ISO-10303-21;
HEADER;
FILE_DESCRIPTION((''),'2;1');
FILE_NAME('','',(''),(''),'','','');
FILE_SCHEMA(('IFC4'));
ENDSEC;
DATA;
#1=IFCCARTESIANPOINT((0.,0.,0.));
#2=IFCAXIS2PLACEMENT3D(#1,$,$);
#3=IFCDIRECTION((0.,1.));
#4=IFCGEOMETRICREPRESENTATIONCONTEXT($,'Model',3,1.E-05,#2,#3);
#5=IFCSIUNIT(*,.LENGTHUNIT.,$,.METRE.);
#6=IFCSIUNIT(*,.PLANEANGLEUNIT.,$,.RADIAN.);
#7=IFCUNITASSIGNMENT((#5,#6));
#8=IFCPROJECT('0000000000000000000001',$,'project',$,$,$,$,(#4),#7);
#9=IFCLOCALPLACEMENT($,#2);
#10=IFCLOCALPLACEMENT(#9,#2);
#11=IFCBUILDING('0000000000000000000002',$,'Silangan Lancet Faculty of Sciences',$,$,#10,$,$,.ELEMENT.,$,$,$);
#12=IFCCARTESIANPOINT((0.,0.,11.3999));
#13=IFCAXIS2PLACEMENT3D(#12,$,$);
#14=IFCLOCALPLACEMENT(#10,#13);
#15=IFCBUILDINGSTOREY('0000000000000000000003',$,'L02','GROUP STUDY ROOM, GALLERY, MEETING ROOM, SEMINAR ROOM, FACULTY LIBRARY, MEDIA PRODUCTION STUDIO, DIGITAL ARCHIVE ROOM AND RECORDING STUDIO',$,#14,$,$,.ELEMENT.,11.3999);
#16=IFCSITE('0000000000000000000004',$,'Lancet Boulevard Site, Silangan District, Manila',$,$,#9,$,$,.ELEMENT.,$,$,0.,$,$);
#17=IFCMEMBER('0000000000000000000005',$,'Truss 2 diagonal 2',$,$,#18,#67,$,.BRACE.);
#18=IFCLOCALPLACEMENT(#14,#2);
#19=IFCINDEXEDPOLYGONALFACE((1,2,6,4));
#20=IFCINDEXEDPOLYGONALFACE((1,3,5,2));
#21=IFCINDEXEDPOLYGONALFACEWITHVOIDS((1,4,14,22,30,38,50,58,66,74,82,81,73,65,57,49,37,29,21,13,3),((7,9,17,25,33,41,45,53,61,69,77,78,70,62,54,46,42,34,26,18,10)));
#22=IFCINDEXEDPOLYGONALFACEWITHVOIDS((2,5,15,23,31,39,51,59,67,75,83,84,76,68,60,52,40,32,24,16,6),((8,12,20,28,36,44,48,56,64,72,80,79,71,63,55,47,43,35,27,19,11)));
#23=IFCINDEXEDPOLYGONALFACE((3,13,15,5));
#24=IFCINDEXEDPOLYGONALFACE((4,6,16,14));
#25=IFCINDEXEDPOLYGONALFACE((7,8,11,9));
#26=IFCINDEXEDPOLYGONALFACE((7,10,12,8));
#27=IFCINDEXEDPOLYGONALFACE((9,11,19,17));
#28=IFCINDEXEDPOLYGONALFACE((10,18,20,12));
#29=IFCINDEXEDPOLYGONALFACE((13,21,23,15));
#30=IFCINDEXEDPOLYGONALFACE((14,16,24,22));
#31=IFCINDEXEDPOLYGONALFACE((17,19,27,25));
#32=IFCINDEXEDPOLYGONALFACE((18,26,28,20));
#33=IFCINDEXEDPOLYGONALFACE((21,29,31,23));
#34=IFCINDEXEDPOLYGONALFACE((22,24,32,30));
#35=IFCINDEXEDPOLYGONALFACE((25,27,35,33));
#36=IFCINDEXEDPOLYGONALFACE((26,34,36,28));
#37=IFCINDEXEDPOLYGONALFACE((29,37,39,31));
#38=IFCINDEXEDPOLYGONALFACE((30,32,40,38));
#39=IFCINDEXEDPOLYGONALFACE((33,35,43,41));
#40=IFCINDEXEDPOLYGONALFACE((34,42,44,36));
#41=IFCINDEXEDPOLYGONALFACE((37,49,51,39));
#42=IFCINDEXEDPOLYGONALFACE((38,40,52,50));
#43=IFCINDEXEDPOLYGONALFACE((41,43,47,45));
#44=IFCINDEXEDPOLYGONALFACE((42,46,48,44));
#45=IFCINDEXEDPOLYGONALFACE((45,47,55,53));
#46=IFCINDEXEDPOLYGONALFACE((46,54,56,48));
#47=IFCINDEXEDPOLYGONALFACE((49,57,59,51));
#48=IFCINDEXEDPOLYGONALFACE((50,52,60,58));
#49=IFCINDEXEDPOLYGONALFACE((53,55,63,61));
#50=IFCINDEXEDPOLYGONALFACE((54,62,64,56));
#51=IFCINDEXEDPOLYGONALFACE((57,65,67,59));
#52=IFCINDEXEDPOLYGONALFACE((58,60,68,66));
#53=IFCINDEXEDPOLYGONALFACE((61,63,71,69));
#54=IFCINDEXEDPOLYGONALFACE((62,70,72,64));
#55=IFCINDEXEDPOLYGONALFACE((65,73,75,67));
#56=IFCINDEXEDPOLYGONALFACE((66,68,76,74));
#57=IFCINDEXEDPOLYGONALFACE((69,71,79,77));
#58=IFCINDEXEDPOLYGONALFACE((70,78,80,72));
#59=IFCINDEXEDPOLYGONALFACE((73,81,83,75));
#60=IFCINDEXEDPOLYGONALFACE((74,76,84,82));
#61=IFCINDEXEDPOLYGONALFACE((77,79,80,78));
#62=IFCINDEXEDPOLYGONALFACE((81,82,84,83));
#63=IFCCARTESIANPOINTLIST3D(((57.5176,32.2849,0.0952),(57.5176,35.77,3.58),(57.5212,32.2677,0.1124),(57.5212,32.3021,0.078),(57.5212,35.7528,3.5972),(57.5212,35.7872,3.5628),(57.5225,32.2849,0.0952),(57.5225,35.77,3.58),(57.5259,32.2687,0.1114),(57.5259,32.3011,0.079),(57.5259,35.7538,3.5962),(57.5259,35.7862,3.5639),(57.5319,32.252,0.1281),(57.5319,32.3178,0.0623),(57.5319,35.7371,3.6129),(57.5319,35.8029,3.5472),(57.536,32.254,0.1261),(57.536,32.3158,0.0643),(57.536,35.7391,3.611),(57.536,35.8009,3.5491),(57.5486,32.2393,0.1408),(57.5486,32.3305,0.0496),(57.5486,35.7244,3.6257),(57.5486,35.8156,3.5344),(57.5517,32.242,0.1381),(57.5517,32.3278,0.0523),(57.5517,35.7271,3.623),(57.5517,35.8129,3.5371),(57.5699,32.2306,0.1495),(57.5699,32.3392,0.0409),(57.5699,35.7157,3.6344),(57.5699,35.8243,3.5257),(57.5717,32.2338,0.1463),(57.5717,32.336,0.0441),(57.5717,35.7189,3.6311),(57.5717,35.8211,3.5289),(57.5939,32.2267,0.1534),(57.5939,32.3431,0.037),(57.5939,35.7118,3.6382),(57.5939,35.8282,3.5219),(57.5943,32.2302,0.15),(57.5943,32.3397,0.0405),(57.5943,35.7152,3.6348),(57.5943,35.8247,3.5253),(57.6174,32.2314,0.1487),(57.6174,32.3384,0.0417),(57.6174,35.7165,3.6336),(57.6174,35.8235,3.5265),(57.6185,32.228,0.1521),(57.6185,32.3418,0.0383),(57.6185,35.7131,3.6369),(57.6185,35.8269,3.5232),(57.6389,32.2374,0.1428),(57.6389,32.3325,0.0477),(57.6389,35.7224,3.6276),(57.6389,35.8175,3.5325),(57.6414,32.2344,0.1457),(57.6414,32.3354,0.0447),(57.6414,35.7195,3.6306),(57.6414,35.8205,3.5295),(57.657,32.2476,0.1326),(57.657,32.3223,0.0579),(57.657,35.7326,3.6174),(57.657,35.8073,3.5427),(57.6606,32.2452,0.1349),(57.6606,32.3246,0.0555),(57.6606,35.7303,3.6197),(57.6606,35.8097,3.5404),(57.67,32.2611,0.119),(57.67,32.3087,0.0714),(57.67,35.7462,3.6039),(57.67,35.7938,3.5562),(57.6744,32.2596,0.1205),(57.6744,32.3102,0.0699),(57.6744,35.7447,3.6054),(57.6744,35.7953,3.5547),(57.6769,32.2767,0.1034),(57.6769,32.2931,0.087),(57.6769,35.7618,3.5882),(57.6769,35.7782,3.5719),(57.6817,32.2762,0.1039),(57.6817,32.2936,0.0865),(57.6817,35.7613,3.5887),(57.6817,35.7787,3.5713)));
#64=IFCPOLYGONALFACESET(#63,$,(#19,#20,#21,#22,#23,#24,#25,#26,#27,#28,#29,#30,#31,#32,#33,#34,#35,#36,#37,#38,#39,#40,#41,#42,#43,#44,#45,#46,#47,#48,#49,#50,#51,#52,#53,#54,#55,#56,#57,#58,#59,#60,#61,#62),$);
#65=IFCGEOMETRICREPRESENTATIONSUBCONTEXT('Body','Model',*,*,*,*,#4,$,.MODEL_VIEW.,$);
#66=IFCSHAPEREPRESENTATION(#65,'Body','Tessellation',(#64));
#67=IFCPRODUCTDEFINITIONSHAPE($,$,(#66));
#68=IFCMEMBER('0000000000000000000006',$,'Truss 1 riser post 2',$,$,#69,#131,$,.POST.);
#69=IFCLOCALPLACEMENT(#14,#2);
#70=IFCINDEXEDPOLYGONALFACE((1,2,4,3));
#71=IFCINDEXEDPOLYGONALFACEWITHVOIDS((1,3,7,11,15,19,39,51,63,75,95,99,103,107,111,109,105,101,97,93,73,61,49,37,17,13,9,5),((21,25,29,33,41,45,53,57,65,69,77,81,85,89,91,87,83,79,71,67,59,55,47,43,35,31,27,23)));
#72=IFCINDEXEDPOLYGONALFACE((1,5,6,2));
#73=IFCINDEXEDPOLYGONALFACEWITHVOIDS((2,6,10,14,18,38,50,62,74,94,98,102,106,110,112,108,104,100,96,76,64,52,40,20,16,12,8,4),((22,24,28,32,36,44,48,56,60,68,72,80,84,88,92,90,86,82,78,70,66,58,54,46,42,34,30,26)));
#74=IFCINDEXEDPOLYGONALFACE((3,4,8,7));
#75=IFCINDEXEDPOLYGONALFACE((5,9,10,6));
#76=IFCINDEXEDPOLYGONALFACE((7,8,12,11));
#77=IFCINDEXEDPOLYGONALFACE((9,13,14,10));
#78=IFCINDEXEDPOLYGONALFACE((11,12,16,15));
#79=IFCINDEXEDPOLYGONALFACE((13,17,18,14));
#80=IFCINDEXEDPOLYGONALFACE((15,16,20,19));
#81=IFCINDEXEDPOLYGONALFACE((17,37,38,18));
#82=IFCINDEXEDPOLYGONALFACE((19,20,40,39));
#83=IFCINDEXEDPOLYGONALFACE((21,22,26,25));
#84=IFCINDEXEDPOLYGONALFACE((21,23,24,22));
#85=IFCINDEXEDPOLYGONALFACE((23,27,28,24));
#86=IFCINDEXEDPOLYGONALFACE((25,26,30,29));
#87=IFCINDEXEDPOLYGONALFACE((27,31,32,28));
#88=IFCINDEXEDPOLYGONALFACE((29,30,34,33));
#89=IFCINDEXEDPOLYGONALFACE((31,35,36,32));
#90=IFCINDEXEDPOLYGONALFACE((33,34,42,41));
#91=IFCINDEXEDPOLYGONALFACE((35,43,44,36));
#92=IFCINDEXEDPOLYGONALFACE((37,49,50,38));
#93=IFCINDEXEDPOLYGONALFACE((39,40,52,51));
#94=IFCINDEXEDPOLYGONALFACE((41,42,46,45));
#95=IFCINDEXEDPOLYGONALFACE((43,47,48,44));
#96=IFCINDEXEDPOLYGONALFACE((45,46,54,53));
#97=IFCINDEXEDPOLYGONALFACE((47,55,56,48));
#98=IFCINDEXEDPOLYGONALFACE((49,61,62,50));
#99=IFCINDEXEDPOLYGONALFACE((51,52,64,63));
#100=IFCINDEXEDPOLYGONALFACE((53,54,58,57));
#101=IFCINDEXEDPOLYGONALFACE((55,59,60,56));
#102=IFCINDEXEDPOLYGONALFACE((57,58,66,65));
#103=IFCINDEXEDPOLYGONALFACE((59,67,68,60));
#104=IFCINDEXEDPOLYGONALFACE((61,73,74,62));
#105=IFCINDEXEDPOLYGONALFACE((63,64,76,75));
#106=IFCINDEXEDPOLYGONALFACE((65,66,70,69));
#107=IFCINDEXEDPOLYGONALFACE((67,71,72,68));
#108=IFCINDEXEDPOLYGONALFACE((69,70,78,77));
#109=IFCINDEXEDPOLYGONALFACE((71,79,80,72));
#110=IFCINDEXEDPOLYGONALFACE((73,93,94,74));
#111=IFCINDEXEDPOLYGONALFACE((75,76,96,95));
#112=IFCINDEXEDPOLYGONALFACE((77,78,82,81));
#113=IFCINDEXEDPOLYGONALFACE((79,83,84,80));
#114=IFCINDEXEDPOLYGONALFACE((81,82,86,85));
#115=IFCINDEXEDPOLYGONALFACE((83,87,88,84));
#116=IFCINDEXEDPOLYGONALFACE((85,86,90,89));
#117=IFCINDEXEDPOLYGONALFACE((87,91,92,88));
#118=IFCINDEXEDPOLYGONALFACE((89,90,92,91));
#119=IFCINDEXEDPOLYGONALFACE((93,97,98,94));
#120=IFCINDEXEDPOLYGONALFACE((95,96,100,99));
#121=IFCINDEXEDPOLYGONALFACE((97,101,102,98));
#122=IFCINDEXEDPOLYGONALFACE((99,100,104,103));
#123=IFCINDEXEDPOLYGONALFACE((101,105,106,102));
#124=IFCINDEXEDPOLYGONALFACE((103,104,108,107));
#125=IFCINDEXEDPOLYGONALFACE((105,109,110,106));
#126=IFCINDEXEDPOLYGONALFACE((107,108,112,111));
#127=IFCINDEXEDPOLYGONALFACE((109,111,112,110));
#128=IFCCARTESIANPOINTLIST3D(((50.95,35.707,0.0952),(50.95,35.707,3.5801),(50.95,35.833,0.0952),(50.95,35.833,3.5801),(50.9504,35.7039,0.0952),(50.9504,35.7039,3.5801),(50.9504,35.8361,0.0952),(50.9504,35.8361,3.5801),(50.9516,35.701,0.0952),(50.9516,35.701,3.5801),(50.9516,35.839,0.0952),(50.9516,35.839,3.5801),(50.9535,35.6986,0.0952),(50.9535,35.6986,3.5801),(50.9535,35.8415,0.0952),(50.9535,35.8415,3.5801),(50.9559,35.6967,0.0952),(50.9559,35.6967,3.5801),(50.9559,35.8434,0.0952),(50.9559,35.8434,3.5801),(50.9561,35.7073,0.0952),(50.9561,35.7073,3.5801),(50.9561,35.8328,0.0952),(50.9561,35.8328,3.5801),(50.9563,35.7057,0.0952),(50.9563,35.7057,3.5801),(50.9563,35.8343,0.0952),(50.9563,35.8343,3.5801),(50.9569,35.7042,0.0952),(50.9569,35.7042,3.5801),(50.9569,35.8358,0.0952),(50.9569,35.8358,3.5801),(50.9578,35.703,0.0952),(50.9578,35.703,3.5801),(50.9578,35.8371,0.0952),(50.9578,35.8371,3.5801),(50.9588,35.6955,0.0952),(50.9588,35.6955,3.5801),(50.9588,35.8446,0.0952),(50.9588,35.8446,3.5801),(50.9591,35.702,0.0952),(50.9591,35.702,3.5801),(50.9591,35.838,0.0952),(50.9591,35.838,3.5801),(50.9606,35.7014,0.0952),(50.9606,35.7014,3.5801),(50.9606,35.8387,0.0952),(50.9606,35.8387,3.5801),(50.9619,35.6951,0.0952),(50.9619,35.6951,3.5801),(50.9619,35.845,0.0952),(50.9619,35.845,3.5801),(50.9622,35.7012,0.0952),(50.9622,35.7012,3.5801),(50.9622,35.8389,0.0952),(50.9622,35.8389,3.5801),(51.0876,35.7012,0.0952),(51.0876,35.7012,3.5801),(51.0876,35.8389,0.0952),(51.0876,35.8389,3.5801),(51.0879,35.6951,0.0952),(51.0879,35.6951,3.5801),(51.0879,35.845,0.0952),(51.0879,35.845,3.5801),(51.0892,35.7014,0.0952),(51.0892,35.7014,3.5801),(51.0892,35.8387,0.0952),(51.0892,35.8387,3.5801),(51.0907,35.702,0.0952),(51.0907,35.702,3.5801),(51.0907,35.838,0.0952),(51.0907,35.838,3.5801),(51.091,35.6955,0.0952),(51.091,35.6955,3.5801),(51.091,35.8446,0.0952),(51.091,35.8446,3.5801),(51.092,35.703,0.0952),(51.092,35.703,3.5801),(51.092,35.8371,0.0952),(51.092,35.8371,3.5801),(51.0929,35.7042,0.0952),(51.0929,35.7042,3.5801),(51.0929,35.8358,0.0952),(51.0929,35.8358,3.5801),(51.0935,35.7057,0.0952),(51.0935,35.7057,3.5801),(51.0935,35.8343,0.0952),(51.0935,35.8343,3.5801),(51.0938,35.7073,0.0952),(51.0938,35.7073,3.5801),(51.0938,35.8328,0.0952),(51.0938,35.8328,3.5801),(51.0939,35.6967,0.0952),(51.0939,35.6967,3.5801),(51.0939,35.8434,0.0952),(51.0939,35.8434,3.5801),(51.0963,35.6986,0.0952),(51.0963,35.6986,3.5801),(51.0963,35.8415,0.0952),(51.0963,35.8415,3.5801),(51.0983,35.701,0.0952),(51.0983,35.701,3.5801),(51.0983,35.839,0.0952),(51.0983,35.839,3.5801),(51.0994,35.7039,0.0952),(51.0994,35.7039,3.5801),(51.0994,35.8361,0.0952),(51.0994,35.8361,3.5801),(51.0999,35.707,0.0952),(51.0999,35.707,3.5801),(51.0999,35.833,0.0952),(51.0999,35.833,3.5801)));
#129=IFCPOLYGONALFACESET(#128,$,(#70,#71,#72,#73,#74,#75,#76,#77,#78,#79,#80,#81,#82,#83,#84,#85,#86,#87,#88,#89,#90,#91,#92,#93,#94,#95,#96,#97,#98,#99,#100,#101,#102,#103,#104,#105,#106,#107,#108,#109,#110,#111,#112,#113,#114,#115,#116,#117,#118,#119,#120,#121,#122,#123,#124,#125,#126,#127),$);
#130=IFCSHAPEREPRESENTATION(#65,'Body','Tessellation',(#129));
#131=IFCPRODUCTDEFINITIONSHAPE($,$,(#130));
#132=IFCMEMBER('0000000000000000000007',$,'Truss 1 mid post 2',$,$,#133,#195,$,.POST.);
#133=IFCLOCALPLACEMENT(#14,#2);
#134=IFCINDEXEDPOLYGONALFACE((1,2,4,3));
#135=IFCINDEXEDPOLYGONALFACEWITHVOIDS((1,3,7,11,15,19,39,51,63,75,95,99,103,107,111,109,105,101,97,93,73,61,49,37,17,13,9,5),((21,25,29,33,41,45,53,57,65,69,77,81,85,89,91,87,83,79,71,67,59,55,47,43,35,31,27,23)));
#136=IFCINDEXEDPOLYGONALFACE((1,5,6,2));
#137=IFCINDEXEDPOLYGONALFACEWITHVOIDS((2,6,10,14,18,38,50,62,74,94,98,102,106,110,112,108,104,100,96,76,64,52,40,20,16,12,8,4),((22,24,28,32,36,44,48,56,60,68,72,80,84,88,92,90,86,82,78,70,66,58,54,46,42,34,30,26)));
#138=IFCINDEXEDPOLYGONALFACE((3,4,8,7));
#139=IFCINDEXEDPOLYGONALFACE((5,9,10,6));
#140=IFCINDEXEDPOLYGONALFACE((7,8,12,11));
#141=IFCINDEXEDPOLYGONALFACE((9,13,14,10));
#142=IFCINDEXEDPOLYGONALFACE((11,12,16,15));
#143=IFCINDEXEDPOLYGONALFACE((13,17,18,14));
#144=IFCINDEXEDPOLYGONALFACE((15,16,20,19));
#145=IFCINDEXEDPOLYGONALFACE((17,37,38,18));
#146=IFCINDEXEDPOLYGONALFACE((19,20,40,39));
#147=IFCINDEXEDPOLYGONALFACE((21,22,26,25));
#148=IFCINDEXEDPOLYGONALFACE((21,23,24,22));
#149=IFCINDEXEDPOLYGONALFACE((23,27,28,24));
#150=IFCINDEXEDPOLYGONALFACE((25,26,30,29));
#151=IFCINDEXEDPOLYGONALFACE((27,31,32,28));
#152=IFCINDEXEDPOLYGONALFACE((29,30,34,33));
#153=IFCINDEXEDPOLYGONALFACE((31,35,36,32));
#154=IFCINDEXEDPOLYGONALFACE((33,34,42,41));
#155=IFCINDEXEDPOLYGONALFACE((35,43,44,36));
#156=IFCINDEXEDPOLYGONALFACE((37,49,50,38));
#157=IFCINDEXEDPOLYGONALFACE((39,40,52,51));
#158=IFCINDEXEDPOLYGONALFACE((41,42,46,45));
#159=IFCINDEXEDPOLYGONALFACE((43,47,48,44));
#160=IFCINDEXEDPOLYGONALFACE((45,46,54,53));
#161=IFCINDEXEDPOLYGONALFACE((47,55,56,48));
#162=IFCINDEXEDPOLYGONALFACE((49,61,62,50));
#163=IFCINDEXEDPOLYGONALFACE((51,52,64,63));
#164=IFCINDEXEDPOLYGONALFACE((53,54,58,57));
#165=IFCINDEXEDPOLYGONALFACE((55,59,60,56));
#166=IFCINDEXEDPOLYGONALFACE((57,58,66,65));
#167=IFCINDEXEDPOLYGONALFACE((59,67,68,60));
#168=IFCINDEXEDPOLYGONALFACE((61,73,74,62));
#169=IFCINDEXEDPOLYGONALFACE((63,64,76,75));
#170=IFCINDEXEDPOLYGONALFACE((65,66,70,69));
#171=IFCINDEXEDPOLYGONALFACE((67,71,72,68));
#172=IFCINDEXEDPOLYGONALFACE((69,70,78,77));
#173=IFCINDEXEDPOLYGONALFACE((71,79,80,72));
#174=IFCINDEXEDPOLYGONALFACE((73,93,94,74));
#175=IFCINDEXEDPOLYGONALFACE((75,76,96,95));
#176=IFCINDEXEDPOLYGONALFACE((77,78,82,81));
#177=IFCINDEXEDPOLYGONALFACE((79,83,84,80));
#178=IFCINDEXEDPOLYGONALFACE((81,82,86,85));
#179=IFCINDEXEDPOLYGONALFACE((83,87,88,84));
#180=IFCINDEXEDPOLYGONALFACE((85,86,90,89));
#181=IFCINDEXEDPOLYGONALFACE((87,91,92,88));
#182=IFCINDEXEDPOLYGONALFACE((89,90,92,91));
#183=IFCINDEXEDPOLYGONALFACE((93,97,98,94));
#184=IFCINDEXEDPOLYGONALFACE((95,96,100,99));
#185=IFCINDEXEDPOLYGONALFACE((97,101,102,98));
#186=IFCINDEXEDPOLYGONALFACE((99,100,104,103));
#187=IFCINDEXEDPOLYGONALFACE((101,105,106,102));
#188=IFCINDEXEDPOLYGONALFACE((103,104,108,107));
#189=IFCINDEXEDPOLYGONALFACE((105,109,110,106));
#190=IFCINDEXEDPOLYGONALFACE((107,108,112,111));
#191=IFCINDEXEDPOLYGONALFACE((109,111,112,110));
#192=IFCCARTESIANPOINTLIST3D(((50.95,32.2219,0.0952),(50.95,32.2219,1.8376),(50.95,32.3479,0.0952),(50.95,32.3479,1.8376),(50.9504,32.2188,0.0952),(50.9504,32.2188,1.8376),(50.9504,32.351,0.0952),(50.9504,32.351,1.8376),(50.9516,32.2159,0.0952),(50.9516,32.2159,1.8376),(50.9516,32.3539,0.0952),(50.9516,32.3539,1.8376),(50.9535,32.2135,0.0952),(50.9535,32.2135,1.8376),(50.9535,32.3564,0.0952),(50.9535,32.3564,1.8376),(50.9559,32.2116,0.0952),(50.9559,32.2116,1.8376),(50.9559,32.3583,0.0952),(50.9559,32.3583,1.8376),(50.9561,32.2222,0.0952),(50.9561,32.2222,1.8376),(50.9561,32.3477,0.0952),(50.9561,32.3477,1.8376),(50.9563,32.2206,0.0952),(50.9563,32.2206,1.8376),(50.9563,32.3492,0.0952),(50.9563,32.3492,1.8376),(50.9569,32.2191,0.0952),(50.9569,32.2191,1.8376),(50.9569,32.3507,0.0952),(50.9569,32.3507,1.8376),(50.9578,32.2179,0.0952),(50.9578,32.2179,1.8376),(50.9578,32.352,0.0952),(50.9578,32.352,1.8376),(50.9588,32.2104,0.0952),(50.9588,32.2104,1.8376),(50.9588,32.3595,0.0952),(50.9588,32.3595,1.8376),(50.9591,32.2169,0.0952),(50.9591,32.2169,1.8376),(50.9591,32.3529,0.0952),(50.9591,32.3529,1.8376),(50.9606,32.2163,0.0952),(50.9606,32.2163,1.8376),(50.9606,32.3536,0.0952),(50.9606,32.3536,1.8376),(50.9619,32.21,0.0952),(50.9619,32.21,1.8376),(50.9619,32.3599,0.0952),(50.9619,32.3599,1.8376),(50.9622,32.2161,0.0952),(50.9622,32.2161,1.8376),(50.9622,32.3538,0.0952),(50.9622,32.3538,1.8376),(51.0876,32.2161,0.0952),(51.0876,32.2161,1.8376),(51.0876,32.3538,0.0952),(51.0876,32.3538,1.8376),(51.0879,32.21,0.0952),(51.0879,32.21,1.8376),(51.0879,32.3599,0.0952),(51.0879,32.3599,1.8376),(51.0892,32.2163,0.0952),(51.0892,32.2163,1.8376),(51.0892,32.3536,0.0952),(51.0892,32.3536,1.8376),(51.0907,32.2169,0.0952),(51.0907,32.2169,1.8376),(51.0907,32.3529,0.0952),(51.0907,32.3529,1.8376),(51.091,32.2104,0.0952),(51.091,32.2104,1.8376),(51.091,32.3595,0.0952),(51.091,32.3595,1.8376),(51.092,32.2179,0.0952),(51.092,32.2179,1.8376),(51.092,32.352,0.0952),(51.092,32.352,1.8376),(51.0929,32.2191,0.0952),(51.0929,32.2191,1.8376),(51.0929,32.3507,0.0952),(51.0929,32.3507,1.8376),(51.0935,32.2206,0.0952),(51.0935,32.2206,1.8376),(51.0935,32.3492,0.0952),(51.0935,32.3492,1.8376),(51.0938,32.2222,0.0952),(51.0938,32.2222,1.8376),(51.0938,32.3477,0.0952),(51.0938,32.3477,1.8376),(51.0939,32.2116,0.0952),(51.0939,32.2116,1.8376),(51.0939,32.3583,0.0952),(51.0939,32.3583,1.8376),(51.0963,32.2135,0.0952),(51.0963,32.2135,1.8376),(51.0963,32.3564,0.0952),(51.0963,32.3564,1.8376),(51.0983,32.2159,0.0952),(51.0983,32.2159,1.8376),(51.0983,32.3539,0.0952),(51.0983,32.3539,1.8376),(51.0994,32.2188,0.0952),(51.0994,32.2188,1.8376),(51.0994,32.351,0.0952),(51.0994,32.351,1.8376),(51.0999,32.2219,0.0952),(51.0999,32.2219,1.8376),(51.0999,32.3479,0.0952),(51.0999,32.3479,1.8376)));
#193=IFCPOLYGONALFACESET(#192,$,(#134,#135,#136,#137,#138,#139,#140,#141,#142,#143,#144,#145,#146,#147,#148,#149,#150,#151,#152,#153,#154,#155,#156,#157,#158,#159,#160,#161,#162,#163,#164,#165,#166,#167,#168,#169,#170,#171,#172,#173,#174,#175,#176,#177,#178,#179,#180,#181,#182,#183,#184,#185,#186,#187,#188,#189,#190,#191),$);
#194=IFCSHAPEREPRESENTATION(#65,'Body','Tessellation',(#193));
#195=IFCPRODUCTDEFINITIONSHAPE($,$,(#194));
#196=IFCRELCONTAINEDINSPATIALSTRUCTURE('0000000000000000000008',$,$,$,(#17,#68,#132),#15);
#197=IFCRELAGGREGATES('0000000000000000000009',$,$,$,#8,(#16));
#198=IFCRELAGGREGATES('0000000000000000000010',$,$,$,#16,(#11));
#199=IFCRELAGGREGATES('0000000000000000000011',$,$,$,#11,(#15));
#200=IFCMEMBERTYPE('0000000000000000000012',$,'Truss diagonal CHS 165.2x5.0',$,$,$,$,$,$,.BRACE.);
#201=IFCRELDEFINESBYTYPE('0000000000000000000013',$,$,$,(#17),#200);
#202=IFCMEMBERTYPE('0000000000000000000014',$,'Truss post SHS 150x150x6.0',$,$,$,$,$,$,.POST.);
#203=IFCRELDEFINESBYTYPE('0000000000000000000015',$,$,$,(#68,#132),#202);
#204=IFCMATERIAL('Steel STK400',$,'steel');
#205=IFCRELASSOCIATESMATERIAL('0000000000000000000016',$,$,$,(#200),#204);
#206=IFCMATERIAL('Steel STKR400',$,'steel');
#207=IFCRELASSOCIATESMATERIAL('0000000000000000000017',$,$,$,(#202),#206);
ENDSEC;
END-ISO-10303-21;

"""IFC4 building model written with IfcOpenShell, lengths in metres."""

from ifc_helpers import new_model, si_unit, direction, frame, origin, origin_2d, place, context, subcontext, project, spatial, hollow_rectangle, hollow_circle, extrude, material, material_profile, profile_set, type_object, element, save


model = new_model("IFC4")

# Units and contexts
model_context = context("Model", 3, precision=1e-05, world=origin(), true_north=direction((0.0, 1.0)))
body_context = subcontext(model_context, "Body", "Model", "MODEL_VIEW")
ifc_project = project(units=[si_unit("LENGTHUNIT", "METRE"), si_unit("PLANEANGLEUNIT", "RADIAN")], contexts=[model_context])

# Site, building, storey
site_placement = place(None, origin())
site = spatial("IfcSite", under=ifc_project, at=site_placement, Name="Lancet Boulevard Site, Silangan District, Manila", CompositionType="ELEMENT", RefElevation=0.0)
building_placement = place(site_placement, origin())
building = spatial("IfcBuilding", under=site, at=building_placement, Name="Silangan Lancet Faculty of Sciences", CompositionType="ELEMENT")
storey_placement = place(building_placement, frame((0.0, 0.0, 11.3999)))
storey = spatial("IfcBuildingStorey", under=building, at=storey_placement, Name="L02", Description="GROUP STUDY ROOM, GALLERY, MEETING ROOM, SEMINAR ROOM, FACULTY LIBRARY, MEDIA PRODUCTION STUDIO, DIGITAL ARCHIVE ROOM AND RECORDING STUDIO", CompositionType="ELEMENT", Elevation=11.3999)

# Members
ifc_material_1 = material(Name="Steel STK400", Category="steel")
ifc_material_profile_1 = material_profile(ifc_material_1, hollow_circle(Radius=0.0825, WallThickness=0.0049, at=origin_2d()), Name="CHS 165.2x5.0")
ifc_profile_set_1 = profile_set([ifc_material_profile_1], Name="Steel STK400")
member_type_1 = type_object("IfcMemberType", Name="Truss diagonal CHS 165.2x5.0", PredefinedType="BRACE", material=ifc_profile_set_1)
for number, where, z_axis, x_axis, name in (
    (1, (57.6001, 32.2849, 0.0952), (0.0, 0.707132, 0.707082), (-1.0, 0.0, 0.0), "Truss 2 diagonal 2"),
):
    element("IfcMember", number, at=place(storey_placement, frame(where, z_axis=z_axis, x_axis=x_axis)), inside=storey, type_object=member_type_1, Name=name, PredefinedType="BRACE", context=body_context, shape_type="SweptSolid", body=[
        extrude(hollow_circle(Radius=0.0825, WallThickness=0.0049, at=origin_2d()), origin(), (0.0, 0.0, 1.0), 4.9285),
    ])
ifc_material_2 = material(Name="Steel STKR400", Category="steel")
ifc_material_profile_2 = material_profile(ifc_material_2, hollow_rectangle(XDim=0.1499, YDim=0.1499, WallThickness=0.0061, InnerFilletRadius=0.0061, OuterFilletRadius=0.012, at=origin_2d()), Name="SHS 150x150x6.0")
ifc_profile_set_2 = profile_set([ifc_material_profile_2], Name="Steel STKR400")
member_type_2 = type_object("IfcMemberType", Name="Truss post SHS 150x150x6.0", PredefinedType="POST", material=ifc_profile_set_2)
member_1_placement = place(storey_placement, frame((51.0249, 35.77, 0.0952), z_axis=(0.0, 0.0, 1.0), x_axis=(1.0, 0.0, 0.0)))
element("IfcMember", 2, at=member_1_placement, inside=storey, type_object=member_type_2, Name="Truss 1 riser post 2", PredefinedType="POST", context=body_context, shape_type="SweptSolid", body=[
    extrude(hollow_rectangle(XDim=0.1499, YDim=0.1499, WallThickness=0.0061, InnerFilletRadius=0.0061, OuterFilletRadius=0.012, at=origin_2d()), origin(), (0.0, 0.0, 1.0), 3.4849),
])
for number, where, z_axis, x_axis, name in (
    (3, (51.0249, 32.2849, 0.0952), (0.0, 0.0, 1.0), (1.0, 0.0, 0.0), "Truss 1 mid post 2"),
):
    element("IfcMember", number, at=place(storey_placement, frame(where, z_axis=z_axis, x_axis=x_axis)), inside=storey, type_object=member_type_2, Name=name, PredefinedType="POST", context=body_context, shape_type="SweptSolid", body=[
        extrude(hollow_rectangle(XDim=0.1499, YDim=0.1499, WallThickness=0.0061, InnerFilletRadius=0.0061, OuterFilletRadius=0.012, at=origin_2d()), origin(), (0.0, 0.0, 1.0), 1.7424),
    ])

save(model, "model.ifc")
